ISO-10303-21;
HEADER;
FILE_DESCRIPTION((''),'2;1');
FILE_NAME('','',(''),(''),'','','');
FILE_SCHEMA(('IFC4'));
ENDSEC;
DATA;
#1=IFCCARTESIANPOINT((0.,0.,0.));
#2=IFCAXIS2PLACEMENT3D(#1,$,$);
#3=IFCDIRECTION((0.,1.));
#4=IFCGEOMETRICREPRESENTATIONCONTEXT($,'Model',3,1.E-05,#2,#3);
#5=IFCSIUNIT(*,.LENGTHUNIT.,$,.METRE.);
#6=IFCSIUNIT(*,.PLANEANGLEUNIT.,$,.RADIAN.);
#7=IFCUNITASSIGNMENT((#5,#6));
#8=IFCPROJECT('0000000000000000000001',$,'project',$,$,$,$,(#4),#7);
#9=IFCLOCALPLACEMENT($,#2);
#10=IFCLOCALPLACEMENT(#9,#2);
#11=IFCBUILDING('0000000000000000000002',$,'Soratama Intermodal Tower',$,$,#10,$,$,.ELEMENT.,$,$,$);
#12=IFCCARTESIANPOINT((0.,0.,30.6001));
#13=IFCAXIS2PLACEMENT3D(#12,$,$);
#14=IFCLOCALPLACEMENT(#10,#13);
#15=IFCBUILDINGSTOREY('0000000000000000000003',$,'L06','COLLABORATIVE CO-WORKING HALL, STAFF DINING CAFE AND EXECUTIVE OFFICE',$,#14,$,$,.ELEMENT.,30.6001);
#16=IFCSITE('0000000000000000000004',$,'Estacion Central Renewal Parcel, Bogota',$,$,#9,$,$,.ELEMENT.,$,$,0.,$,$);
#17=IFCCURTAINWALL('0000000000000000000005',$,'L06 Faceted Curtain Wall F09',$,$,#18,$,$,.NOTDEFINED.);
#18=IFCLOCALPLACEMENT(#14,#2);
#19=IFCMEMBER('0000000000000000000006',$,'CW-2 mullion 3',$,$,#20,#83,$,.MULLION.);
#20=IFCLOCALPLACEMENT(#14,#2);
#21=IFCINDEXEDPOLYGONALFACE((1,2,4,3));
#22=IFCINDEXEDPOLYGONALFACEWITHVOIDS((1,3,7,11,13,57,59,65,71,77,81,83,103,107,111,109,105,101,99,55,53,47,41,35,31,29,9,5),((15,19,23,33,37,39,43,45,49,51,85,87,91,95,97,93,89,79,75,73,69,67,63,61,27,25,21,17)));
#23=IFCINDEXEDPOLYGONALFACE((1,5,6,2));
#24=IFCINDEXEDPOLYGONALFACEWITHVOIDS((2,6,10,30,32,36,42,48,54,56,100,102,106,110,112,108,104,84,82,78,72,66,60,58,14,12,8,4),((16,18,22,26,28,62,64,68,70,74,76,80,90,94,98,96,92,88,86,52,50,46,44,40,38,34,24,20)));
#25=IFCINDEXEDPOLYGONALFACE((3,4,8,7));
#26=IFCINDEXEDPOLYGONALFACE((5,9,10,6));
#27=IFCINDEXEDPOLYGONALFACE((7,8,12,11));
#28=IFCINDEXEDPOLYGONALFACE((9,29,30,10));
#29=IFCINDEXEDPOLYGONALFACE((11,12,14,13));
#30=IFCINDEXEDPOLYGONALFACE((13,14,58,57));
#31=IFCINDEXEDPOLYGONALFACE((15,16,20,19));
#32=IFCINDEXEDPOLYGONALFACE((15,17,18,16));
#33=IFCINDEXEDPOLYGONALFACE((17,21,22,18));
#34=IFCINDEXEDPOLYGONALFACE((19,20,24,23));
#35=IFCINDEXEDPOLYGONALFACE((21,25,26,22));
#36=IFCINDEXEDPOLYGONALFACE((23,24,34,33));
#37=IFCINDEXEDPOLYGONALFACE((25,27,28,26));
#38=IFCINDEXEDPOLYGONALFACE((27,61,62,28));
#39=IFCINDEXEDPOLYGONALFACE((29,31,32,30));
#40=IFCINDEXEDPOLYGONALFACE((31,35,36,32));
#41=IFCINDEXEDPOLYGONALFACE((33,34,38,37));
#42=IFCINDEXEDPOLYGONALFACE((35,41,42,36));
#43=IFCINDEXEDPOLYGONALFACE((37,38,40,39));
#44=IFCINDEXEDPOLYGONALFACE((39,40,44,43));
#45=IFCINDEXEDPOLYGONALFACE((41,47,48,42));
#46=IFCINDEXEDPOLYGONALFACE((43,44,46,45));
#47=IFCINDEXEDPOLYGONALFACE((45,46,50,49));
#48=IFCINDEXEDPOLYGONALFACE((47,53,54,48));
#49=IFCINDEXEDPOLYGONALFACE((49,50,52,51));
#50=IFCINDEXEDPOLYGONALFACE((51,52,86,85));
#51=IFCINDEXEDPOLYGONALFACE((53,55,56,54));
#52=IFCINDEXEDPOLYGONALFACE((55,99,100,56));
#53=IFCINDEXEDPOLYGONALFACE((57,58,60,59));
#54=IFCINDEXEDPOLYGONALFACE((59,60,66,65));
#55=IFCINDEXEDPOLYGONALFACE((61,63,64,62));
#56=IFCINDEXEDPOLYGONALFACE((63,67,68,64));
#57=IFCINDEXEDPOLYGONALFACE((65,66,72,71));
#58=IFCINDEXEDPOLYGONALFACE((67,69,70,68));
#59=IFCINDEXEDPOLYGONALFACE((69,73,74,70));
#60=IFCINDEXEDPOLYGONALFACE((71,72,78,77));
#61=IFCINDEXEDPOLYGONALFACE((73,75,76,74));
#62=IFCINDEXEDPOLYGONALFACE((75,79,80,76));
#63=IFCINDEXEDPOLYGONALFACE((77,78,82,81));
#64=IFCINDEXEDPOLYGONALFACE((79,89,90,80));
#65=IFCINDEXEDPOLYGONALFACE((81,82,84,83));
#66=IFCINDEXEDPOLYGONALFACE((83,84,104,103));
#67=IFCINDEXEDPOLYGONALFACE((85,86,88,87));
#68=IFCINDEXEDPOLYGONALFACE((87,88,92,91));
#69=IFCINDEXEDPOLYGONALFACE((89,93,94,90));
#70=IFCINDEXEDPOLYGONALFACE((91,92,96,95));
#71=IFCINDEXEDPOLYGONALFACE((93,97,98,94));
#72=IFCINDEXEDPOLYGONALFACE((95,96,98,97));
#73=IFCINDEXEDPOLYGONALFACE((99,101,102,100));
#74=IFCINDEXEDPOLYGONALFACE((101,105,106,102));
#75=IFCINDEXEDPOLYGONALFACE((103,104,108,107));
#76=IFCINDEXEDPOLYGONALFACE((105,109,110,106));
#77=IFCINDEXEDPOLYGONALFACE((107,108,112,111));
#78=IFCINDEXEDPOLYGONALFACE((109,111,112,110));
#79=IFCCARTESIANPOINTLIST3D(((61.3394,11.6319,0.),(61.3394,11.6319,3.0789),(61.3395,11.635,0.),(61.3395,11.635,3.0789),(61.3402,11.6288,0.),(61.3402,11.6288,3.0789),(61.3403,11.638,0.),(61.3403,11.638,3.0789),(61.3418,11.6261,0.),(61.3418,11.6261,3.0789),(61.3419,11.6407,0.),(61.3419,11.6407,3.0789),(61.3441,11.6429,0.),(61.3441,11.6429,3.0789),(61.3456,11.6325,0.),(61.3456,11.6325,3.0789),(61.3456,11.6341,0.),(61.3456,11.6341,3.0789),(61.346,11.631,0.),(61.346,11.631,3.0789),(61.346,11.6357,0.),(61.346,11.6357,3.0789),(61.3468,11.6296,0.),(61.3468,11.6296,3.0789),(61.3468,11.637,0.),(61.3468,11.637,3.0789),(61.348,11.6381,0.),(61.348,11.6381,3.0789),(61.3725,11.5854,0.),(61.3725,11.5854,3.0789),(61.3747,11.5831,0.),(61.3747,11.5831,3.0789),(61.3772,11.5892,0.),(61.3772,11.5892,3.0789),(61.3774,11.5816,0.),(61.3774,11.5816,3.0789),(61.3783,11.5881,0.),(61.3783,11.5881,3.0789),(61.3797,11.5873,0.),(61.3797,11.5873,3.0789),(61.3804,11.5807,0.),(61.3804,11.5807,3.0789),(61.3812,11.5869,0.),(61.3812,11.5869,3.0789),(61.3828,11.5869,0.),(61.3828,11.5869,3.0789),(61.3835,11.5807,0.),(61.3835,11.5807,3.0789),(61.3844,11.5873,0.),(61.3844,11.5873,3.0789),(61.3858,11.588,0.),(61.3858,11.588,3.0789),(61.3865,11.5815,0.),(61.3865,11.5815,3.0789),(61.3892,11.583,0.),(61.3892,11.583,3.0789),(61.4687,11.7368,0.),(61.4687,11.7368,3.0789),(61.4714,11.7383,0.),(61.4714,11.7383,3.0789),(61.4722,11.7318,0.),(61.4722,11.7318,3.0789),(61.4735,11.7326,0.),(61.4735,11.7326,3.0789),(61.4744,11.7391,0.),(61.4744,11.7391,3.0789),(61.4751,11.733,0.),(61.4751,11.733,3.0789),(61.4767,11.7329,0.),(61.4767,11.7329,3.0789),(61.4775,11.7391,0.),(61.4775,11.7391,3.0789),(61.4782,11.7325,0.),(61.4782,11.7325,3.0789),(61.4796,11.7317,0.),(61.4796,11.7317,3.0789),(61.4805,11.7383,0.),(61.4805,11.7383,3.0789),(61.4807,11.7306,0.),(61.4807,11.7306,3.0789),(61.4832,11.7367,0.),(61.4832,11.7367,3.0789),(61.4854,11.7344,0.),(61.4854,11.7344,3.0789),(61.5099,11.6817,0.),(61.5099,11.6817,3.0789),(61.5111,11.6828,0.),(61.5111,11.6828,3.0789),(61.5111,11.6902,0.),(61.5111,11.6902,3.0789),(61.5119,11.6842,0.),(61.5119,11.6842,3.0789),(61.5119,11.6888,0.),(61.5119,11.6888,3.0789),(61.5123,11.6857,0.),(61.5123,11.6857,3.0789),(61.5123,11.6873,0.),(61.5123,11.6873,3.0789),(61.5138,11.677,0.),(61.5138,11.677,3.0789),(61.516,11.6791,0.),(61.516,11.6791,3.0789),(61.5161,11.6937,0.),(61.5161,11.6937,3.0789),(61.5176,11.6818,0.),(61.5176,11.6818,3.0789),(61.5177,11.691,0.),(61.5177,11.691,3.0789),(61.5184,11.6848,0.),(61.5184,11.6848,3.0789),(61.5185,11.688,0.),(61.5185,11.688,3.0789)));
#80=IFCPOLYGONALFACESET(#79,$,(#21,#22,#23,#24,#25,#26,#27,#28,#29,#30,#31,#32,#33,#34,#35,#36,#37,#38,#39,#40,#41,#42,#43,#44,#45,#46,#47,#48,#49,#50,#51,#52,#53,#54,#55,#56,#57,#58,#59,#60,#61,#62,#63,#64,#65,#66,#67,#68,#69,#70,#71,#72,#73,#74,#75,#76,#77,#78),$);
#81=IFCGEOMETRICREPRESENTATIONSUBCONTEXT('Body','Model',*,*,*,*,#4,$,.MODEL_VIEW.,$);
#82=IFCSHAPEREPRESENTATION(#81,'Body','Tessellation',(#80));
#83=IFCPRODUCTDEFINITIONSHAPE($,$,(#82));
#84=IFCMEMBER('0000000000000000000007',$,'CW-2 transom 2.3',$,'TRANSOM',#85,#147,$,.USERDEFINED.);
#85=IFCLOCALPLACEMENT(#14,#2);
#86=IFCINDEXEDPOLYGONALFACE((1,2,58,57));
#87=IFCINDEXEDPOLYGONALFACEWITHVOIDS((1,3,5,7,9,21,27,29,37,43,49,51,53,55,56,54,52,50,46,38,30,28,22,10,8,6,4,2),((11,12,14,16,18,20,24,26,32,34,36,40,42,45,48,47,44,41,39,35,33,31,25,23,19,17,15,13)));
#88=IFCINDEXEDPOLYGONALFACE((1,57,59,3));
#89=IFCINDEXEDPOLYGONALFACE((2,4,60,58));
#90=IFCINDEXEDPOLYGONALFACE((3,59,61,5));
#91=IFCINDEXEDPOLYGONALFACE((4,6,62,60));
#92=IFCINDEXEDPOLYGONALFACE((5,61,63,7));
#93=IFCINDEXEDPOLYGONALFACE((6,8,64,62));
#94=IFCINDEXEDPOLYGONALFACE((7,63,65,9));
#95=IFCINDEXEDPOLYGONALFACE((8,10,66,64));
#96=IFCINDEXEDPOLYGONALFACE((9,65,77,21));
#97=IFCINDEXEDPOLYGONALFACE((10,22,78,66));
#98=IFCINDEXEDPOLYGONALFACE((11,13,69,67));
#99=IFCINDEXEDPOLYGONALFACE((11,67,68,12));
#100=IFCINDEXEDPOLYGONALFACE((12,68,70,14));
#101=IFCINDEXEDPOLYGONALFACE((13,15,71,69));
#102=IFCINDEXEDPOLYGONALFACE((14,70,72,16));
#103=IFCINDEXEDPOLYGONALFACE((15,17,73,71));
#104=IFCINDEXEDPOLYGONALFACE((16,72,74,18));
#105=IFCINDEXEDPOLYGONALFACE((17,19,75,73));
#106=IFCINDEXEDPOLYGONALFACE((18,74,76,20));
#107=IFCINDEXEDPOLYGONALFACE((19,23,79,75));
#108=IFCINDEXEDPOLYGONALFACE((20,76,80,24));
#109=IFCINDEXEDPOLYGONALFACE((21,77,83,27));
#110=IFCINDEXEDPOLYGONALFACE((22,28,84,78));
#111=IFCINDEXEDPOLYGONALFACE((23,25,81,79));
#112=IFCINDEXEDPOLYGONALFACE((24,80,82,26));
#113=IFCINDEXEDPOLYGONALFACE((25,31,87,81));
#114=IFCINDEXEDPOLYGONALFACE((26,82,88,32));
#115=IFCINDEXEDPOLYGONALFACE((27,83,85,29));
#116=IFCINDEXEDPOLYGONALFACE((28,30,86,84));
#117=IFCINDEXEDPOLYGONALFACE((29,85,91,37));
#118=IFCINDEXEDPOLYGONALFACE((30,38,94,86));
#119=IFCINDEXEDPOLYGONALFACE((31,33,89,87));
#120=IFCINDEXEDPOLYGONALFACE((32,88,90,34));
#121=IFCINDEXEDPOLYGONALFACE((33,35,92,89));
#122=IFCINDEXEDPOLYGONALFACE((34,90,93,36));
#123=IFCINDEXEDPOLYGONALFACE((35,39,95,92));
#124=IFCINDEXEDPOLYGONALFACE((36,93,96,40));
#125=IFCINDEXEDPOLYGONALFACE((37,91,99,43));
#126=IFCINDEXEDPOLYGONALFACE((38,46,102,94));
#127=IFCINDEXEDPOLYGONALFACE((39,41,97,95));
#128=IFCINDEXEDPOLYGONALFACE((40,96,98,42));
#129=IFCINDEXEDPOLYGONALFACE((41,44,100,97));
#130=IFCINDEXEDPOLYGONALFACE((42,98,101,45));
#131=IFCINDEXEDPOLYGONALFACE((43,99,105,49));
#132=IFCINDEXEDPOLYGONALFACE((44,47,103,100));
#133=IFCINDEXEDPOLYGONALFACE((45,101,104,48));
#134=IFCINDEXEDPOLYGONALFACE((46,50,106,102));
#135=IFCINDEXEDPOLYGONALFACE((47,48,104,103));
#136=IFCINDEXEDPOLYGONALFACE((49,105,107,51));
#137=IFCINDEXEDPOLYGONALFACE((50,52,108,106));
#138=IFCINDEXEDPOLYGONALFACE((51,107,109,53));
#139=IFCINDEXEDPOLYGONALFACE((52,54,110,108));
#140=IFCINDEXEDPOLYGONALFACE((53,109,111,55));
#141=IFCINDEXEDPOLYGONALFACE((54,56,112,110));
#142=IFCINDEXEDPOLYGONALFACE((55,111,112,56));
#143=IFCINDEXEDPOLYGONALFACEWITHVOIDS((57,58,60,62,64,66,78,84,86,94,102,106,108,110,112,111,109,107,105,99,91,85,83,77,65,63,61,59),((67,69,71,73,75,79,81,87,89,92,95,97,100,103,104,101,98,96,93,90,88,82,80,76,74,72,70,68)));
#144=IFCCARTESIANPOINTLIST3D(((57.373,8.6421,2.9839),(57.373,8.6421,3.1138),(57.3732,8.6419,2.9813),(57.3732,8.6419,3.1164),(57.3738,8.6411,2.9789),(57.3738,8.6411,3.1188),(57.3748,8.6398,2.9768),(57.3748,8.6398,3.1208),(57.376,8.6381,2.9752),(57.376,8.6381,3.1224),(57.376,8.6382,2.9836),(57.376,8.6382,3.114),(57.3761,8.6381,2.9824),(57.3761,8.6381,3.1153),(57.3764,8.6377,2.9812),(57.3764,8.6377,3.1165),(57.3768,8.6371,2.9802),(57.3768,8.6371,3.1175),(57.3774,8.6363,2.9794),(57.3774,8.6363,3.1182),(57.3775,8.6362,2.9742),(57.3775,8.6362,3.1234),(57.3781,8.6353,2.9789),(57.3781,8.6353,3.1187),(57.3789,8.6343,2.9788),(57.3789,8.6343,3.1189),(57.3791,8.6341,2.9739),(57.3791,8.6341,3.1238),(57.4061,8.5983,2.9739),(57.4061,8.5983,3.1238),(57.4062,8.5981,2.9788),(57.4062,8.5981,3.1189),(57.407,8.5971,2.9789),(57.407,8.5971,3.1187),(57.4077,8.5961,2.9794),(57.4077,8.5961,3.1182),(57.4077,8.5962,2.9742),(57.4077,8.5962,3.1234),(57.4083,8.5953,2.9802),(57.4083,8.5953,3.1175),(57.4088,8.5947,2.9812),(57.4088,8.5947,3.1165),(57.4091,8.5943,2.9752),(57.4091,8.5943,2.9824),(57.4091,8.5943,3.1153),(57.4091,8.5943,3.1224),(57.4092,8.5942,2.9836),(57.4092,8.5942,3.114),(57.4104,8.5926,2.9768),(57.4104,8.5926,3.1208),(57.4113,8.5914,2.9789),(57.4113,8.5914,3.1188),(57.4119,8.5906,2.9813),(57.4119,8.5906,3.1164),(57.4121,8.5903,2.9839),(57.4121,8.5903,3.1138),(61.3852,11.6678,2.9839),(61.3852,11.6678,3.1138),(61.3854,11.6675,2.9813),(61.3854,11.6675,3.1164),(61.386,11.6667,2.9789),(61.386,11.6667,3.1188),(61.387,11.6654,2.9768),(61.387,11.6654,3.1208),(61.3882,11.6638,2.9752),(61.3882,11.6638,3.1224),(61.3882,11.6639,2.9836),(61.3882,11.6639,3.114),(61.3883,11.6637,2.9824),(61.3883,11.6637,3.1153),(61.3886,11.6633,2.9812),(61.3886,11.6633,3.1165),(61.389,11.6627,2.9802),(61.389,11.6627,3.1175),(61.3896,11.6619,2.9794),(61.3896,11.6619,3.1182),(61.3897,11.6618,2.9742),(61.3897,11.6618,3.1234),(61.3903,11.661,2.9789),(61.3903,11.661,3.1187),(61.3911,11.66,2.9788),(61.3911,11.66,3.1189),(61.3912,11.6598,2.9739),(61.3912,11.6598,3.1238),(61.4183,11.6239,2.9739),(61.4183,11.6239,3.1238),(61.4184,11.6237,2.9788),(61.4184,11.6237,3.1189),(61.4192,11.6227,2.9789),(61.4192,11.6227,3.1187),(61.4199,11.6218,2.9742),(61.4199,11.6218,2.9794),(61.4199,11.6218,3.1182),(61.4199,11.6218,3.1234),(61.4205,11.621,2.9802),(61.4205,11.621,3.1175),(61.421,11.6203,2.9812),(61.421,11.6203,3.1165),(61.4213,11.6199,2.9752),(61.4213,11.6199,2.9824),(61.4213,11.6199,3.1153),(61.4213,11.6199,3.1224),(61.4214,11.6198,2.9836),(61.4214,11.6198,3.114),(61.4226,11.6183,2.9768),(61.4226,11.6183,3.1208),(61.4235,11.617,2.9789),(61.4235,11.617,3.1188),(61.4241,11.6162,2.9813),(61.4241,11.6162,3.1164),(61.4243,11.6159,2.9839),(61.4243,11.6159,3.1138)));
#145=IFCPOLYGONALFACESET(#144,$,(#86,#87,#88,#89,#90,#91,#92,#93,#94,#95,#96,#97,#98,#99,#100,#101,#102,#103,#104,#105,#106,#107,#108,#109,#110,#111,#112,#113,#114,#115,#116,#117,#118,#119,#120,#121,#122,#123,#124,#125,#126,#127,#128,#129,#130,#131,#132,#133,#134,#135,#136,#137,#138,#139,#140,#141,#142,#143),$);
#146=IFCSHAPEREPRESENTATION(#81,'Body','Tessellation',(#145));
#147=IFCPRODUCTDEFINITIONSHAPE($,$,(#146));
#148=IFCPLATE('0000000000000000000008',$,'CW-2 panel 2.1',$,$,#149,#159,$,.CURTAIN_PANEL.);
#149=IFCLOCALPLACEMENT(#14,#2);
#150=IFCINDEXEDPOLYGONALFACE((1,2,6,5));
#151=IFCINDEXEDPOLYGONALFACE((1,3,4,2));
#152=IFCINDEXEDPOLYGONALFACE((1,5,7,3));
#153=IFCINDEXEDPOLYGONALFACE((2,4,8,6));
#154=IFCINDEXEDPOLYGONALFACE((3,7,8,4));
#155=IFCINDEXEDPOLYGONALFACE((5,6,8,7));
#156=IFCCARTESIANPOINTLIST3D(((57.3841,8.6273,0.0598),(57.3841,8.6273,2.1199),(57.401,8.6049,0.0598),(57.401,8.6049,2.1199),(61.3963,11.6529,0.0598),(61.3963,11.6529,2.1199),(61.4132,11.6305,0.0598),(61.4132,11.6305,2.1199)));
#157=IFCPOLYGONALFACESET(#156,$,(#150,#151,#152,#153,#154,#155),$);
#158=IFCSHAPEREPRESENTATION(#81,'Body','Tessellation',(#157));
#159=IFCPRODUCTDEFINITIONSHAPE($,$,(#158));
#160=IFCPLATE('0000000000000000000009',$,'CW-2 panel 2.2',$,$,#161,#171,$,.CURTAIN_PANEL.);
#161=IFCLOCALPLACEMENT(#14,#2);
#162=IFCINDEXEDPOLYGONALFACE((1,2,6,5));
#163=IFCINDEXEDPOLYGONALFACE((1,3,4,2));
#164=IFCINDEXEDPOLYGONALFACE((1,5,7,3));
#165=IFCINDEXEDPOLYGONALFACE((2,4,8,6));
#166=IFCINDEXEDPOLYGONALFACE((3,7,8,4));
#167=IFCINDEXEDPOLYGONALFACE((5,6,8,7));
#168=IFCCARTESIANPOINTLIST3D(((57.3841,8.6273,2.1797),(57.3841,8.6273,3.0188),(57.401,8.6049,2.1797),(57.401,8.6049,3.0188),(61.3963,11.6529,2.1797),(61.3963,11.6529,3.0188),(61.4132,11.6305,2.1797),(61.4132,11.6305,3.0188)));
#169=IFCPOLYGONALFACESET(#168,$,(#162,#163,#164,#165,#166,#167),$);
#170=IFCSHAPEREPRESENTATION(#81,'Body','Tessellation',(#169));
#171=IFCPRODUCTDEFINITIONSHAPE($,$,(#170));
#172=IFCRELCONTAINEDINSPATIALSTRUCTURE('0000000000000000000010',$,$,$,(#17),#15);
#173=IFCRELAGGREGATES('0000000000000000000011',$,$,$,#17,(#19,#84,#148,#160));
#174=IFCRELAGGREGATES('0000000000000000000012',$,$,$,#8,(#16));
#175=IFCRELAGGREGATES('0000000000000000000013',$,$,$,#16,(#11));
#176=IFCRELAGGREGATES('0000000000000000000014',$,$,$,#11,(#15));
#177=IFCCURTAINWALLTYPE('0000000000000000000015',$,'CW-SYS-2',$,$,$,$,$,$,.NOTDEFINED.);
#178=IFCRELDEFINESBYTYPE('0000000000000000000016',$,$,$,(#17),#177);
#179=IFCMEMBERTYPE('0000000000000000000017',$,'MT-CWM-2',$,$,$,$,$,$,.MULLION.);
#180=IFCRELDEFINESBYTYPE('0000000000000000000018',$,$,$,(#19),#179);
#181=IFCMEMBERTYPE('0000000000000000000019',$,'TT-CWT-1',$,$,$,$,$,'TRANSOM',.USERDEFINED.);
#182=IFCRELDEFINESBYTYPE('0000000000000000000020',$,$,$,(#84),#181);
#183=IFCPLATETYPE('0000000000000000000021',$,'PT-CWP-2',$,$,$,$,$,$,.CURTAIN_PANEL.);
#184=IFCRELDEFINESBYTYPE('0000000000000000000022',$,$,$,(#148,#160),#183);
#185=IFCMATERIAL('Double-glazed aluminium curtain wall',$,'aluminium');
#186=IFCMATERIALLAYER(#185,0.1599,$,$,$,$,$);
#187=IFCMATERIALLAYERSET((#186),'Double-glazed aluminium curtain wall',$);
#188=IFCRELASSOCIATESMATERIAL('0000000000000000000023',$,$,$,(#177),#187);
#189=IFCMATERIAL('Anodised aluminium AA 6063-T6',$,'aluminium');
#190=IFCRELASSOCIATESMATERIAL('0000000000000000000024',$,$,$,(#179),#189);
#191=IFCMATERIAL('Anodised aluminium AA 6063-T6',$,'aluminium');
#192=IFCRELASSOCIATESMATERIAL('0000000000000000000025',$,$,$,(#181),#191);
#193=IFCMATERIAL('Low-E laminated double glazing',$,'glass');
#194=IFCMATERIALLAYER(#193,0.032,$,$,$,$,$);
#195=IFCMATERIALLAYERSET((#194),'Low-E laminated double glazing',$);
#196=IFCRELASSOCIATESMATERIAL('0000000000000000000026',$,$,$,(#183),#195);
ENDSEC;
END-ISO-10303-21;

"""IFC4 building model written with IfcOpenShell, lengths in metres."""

from ifc_helpers import new_model, si_unit, direction, frame, origin, origin_2d, place, context, subcontext, project, spatial, rectangle, hollow_rectangle, extrude, material, layer, layer_set, material_profile, profile_set, type_object, element, aggregate, save


model = new_model("IFC4")

# Units and contexts
model_context = context("Model", 3, precision=1e-05, world=origin(), true_north=direction((0.0, 1.0)))
body_context = subcontext(model_context, "Body", "Model", "MODEL_VIEW")
ifc_project = project(units=[si_unit("LENGTHUNIT", "METRE"), si_unit("PLANEANGLEUNIT", "RADIAN")], contexts=[model_context])

# Site, building, storey
site_placement = place(None, origin())
site = spatial("IfcSite", under=ifc_project, at=site_placement, Name="Estacion Central Renewal Parcel, Bogota", CompositionType="ELEMENT", RefElevation=0.0)
building_placement = place(site_placement, origin())
building = spatial("IfcBuilding", under=site, at=building_placement, Name="Soratama Intermodal Tower", CompositionType="ELEMENT")
storey_placement = place(building_placement, frame((0.0, 0.0, 30.6001)))
storey = spatial("IfcBuildingStorey", under=building, at=storey_placement, Name="L06", Description="COLLABORATIVE CO-WORKING HALL, STAFF DINING CAFE AND EXECUTIVE OFFICE", CompositionType="ELEMENT", Elevation=30.6001)

# Curtain wall, members, plates
ifc_material_1 = material(Name="Double-glazed aluminium curtain wall", Category="aluminium")
ifc_layer_1 = layer(ifc_material_1, 0.1599)
ifc_layer_set_1 = layer_set([ifc_layer_1], Name="Double-glazed aluminium curtain wall")
curtain_wall_type = type_object("IfcCurtainWallType", Name="CW-SYS-2", PredefinedType="NOTDEFINED", material=ifc_layer_set_1)
curtain_wall_placement = place(storey_placement, origin())
curtain_wall = element("IfcCurtainWall", 1, at=curtain_wall_placement, inside=storey, type_object=curtain_wall_type, Name="L06 Faceted Curtain Wall F09", PredefinedType="NOTDEFINED")
ifc_material_2 = material(Name="Anodised aluminium AA 6063-T6", Category="aluminium")
ifc_material_profile_1 = material_profile(ifc_material_2, hollow_rectangle(XDim=0.075, YDim=0.1799, WallThickness=0.0061, InnerFilletRadius=0.0061, OuterFilletRadius=0.012, at=origin_2d()), Name="CWM180X75X6")
ifc_profile_set_1 = profile_set([ifc_material_profile_1], Name="Anodised aluminium AA 6063-T6")
member_type_1 = type_object("IfcMemberType", Name="MT-CWM-2", PredefinedType="MULLION", material=ifc_profile_set_1)
member_1_placement = place(storey_placement, frame((61.429, 11.6599, 0.0), z_axis=(0.0, 0.0, 1.0), x_axis=(-0.602091, 0.798428, 0.0)))
member_1 = element("IfcMember", 2, at=member_1_placement, type_object=member_type_1, Name="CW-2 mullion 3", PredefinedType="MULLION", context=body_context, shape_type="SweptSolid", body=[
    extrude(hollow_rectangle(XDim=0.075, YDim=0.1799, WallThickness=0.0061, InnerFilletRadius=0.0061, OuterFilletRadius=0.012, at=origin_2d()), origin(), (0.0, 0.0, 1.0), 3.0789),
])
ifc_material_3 = material(Name="Anodised aluminium AA 6063-T6", Category="aluminium")
ifc_material_profile_2 = material_profile(ifc_material_3, hollow_rectangle(XDim=0.0649, YDim=0.1499, WallThickness=0.0049, InnerFilletRadius=0.0049, OuterFilletRadius=0.01, at=origin_2d()), Name="CWT150X65X5")
ifc_profile_set_2 = profile_set([ifc_material_profile_2], Name="Anodised aluminium AA 6063-T6")
member_type_2 = type_object("IfcMemberType", Name="TT-CWT-1", ElementType="TRANSOM", PredefinedType="USERDEFINED", material=ifc_profile_set_2)
member_2_placement = place(storey_placement, frame((57.3926, 8.6162, 3.0488), z_axis=(0.798423, 0.602097, 0.0), x_axis=(-0.602097, 0.798423, 0.0)))
member_2 = element("IfcMember", 3, at=member_2_placement, type_object=member_type_2, Name="CW-2 transom 2.3", ObjectType="TRANSOM", PredefinedType="USERDEFINED", context=body_context, shape_type="SweptSolid", body=[
    extrude(hollow_rectangle(XDim=0.0649, YDim=0.1499, WallThickness=0.0049, InnerFilletRadius=0.0049, OuterFilletRadius=0.01, at=origin_2d()), origin(), (0.0, 0.0, 1.0), 5.0251),
])
ifc_material_4 = material(Name="Low-E laminated double glazing", Category="glass")
ifc_layer_2 = layer(ifc_material_4, 0.032)
ifc_layer_set_2 = layer_set([ifc_layer_2], Name="Low-E laminated double glazing")
plate_type = type_object("IfcPlateType", Name="PT-CWP-2", PredefinedType="CURTAIN_PANEL", material=ifc_layer_set_2)
plate_1_placement = place(storey_placement, frame((59.3987, 10.1289, 0.0598), z_axis=(0.0, 0.0, 1.0), x_axis=(0.798428, 0.602091, 0.0)))
plate_1 = element("IfcPlate", 4, at=plate_1_placement, type_object=plate_type, Name="CW-2 panel 2.1", PredefinedType="CURTAIN_PANEL", context=body_context, shape_type="SweptSolid", body=[
    extrude(rectangle(XDim=5.0251, YDim=0.0281, at=origin_2d()), origin(), (0.0, 0.0, 1.0), 2.0601),
])
plate_2_placement = place(storey_placement, frame((59.3987, 10.1289, 2.1797), z_axis=(0.0, 0.0, 1.0), x_axis=(0.798428, 0.602091, 0.0)))
plate_2 = element("IfcPlate", 5, at=plate_2_placement, type_object=plate_type, Name="CW-2 panel 2.2", PredefinedType="CURTAIN_PANEL", context=body_context, shape_type="SweptSolid", body=[
    extrude(rectangle(XDim=5.0251, YDim=0.0281, at=origin_2d()), origin(), (0.0, 0.0, 1.0), 0.8391),
])
aggregate(curtain_wall, [member_1, member_2, plate_1, plate_2])

save(model, "model.ifc")
